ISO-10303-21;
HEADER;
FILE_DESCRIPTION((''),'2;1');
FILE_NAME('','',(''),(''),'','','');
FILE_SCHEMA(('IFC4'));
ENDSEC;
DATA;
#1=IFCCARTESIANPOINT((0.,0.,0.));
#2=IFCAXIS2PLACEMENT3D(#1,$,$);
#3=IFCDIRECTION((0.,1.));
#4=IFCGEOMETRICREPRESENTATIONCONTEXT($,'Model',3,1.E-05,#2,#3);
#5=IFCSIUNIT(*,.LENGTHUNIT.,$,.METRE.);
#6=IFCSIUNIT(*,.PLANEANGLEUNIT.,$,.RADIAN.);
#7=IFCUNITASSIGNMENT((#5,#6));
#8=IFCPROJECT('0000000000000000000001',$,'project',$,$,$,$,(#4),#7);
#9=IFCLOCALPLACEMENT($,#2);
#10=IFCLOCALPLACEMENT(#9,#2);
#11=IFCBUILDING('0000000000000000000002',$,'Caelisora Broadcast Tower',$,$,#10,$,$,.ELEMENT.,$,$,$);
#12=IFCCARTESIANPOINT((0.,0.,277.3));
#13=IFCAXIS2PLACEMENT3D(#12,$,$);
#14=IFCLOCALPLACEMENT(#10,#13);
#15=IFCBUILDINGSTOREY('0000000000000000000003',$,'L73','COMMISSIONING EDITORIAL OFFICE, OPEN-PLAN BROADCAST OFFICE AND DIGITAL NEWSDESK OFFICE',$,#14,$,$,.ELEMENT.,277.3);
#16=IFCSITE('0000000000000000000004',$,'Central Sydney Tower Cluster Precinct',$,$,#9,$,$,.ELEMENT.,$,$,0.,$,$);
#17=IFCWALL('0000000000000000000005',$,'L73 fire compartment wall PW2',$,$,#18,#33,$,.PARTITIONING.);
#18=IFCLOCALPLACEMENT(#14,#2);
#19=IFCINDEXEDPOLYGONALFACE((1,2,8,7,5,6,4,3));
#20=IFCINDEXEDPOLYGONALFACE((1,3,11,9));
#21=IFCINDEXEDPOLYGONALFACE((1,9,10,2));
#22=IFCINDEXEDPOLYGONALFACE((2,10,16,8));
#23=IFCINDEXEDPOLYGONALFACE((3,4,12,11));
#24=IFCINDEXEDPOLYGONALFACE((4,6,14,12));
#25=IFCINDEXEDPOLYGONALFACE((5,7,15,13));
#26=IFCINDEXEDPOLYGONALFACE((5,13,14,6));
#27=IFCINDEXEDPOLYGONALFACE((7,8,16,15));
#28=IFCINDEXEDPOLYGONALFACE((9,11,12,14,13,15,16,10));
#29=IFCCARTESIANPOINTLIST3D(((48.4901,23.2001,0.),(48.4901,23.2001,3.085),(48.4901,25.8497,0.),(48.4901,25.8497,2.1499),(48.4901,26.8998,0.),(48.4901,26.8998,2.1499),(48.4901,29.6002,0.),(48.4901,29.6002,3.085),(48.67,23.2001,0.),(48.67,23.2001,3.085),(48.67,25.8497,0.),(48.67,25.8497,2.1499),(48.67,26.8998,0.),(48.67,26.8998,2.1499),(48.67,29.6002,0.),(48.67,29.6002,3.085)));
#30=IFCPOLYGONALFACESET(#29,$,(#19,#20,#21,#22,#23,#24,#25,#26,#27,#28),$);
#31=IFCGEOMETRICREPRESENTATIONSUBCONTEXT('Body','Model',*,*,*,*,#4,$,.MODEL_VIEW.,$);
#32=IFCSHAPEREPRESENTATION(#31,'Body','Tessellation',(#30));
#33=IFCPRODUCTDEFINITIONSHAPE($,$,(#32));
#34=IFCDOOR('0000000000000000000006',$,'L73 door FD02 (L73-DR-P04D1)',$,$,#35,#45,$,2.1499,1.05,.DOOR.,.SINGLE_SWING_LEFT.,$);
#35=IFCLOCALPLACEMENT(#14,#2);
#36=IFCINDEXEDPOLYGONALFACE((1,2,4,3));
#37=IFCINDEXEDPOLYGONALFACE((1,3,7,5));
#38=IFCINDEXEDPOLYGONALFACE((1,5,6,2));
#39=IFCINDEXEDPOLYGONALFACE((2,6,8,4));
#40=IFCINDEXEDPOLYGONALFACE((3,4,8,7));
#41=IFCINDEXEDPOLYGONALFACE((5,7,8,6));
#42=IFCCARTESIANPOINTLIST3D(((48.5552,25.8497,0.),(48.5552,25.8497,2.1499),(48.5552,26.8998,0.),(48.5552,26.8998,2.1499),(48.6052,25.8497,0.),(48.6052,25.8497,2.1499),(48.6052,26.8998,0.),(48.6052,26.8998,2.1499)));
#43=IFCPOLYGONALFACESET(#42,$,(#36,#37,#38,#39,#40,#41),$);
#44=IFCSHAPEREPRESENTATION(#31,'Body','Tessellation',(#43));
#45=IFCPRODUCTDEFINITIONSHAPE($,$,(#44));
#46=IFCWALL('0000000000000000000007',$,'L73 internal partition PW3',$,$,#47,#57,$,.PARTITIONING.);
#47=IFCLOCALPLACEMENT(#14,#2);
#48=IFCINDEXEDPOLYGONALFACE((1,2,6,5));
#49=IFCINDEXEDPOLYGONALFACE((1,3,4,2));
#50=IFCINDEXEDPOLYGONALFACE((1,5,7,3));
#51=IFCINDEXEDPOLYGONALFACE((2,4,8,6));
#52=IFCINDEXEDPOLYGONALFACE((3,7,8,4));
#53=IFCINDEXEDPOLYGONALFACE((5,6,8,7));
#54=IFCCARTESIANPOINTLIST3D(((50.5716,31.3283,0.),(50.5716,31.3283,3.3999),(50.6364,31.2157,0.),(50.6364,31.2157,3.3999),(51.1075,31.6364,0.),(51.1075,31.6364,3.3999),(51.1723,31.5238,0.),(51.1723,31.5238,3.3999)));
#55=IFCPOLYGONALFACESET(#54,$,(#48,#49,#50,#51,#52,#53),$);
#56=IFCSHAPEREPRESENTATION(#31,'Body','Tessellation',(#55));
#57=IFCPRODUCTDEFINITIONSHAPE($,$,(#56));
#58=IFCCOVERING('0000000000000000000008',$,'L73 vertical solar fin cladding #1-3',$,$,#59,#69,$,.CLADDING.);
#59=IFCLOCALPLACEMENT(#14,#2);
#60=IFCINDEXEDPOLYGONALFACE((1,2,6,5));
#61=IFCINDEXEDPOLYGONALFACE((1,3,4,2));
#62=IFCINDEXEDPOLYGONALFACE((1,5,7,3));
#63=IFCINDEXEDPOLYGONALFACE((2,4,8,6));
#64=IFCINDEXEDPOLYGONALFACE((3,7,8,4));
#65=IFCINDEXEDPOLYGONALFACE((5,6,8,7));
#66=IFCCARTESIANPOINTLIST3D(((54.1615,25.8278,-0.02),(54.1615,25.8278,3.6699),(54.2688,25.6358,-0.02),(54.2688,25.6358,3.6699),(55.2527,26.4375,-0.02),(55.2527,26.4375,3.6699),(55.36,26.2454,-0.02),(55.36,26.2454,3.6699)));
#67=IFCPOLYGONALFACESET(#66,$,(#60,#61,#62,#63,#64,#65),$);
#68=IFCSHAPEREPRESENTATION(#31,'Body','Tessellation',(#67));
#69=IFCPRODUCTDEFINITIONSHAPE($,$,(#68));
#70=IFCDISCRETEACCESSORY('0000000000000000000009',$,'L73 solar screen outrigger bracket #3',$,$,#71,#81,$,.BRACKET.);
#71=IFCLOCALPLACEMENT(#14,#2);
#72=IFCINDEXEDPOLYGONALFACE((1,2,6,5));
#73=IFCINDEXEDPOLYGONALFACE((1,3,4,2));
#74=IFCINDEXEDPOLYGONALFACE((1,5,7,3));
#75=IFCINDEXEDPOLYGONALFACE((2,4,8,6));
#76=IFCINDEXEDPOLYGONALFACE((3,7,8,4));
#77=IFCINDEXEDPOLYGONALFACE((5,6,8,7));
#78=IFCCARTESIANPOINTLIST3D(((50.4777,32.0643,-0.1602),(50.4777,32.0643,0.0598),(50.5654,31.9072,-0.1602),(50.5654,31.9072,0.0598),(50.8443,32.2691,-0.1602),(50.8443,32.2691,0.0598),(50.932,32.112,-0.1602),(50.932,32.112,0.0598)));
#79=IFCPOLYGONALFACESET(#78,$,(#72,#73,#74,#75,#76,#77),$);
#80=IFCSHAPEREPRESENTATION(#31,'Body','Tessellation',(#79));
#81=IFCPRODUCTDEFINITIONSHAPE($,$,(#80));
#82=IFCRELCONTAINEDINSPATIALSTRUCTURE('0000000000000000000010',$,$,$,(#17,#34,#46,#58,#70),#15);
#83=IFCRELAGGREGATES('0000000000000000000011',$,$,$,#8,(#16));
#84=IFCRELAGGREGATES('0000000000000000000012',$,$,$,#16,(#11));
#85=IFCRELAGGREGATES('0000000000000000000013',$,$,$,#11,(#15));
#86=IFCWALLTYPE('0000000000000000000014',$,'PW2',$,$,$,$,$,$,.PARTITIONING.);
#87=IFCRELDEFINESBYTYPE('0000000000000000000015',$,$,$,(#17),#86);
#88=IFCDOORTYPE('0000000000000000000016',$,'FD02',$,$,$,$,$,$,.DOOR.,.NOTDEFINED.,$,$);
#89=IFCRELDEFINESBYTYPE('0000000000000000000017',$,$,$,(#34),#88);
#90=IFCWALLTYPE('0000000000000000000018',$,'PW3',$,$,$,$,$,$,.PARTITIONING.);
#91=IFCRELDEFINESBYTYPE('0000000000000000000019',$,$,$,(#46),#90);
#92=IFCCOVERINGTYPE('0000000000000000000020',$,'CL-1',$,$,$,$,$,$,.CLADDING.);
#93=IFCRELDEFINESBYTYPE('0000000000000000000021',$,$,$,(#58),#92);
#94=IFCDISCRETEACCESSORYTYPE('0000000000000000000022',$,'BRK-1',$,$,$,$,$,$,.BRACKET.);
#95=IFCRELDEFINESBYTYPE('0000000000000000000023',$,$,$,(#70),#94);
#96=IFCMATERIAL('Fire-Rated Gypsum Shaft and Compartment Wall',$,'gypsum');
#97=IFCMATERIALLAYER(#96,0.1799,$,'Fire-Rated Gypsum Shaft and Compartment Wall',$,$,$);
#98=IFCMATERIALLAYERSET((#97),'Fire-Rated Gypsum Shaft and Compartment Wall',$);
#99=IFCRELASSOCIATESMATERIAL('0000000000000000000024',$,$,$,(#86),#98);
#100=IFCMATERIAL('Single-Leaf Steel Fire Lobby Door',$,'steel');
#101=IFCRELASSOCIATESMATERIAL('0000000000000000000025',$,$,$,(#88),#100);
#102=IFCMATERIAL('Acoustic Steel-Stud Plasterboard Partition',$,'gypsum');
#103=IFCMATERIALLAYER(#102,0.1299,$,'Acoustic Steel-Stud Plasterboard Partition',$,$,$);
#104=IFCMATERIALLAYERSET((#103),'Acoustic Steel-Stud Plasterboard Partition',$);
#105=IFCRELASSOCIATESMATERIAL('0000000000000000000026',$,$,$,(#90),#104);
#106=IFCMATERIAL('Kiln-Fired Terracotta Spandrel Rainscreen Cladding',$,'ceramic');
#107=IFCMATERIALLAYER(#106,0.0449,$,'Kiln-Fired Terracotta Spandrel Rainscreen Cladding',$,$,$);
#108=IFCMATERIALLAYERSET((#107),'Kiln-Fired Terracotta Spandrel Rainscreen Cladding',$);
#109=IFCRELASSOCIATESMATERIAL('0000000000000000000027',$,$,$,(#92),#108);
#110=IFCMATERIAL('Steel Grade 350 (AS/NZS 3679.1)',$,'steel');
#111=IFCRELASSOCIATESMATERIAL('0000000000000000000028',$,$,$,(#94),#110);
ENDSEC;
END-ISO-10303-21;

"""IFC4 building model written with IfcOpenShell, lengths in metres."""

from ifc_helpers import new_model, si_unit, direction, frame, frame_2d, origin, origin_2d, place, context, subcontext, project, spatial, rectangle, extrude, source, transform, mapped, material, layer, layer_set, type_object, type_shapes, element, fill, save


model = new_model("IFC4")

# Units and contexts
model_context = context("Model", 3, precision=1e-05, world=origin(), true_north=direction((0.0, 1.0)))
body_context = subcontext(model_context, "Body", "Model", "MODEL_VIEW")
ifc_project = project(units=[si_unit("LENGTHUNIT", "METRE"), si_unit("PLANEANGLEUNIT", "RADIAN")], contexts=[model_context])

# Site, building, storey
site_placement = place(None, origin())
site = spatial("IfcSite", under=ifc_project, at=site_placement, Name="Central Sydney Tower Cluster Precinct", CompositionType="ELEMENT", RefElevation=0.0)
building_placement = place(site_placement, origin())
building = spatial("IfcBuilding", under=site, at=building_placement, Name="Caelisora Broadcast Tower", CompositionType="ELEMENT")
storey_placement = place(building_placement, frame((0.0, 0.0, 277.3)))
storey = spatial("IfcBuildingStorey", under=building, at=storey_placement, Name="L73", Description="COMMISSIONING EDITORIAL OFFICE, OPEN-PLAN BROADCAST OFFICE AND DIGITAL NEWSDESK OFFICE", CompositionType="ELEMENT", Elevation=277.3)

# Shared definitions
ifc_material_1 = material(Name="Steel Grade 350 (AS/NZS 3679.1)", Category="steel")

# Wall, opening, door
ifc_material_2 = material(Name="Fire-Rated Gypsum Shaft and Compartment Wall", Category="gypsum")
ifc_layer_1 = layer(ifc_material_2, 0.1799, Name="Fire-Rated Gypsum Shaft and Compartment Wall")
ifc_layer_set_1 = layer_set([ifc_layer_1], Name="Fire-Rated Gypsum Shaft and Compartment Wall")
wall_type_1 = type_object("IfcWallType", Name="PW2", PredefinedType="PARTITIONING", material=ifc_layer_set_1)
wall_1_placement = place(storey_placement, frame((48.5801, 23.2, 0.0), z_axis=(0.0, 0.0, 1.0), x_axis=(0.0, 1.0, 0.0)))
wall_1 = element("IfcWall", 1, at=wall_1_placement, inside=storey, type_object=wall_type_1, Name="L73 fire compartment wall PW2", PredefinedType="PARTITIONING", context=body_context, shape_type="SweptSolid", body=[
    extrude(rectangle(XDim=6.4001, YDim=0.1799, at=frame_2d((3.2002, 0.0))), origin(), (0.0, 0.0, 1.0), 3.085),
])
opening_placement = place(wall_1_placement, frame((2.6499, 0.0, 0.0)))
opening = element("IfcOpeningElement", 2, at=opening_placement, cuts=wall_1, PredefinedType="OPENING", context=body_context, shape_type="SweptSolid", body=[
    extrude(rectangle(XDim=1.05, YDim=2.1499, at=frame_2d((0.5249, 1.075))), frame((0.0, 0.1021, 0.0), z_axis=(0.0, -1.0, 0.0), x_axis=(1.0, 0.0, 0.0)), (0.0, 0.0, 1.0), 0.2039),
])
ifc_material_3 = material(Name="Single-Leaf Steel Fire Lobby Door", Category="steel")
door_type = type_object("IfcDoorType", Name="FD02", OperationType="NOTDEFINED", PredefinedType="DOOR", material=ifc_material_3)
door_placement = place(opening_placement, origin())
door = element("IfcDoor", 3, at=door_placement, inside=storey, type_object=door_type, Name="L73 door FD02 (L73-DR-P04D1)", OperationType="SINGLE_SWING_LEFT", OverallHeight=2.1499, OverallWidth=1.05, PredefinedType="DOOR", context=body_context, shape_type="SweptSolid", body=[
    extrude(rectangle(XDim=1.05, YDim=2.1499, at=frame_2d((0.5249, 1.075))), frame((0.0, 0.0249, 0.0), z_axis=(0.0, -1.0, 0.0), x_axis=(1.0, 0.0, 0.0)), (0.0, 0.0, 1.0), 0.05),
])
fill(opening, door)

# Wall
ifc_material_4 = material(Name="Acoustic Steel-Stud Plasterboard Partition", Category="gypsum")
ifc_layer_2 = layer(ifc_material_4, 0.1299, Name="Acoustic Steel-Stud Plasterboard Partition")
ifc_layer_set_2 = layer_set([ifc_layer_2], Name="Acoustic Steel-Stud Plasterboard Partition")
wall_type_2 = type_object("IfcWallType", Name="PW3", PredefinedType="PARTITIONING", material=ifc_layer_set_2)
wall_2_placement = place(storey_placement, frame((50.604, 31.272, 0.0), z_axis=(0.0, 0.0, 1.0), x_axis=(0.866928, 0.498434, 0.0)))
element("IfcWall", 4, at=wall_2_placement, inside=storey, type_object=wall_type_2, Name="L73 internal partition PW3", PredefinedType="PARTITIONING", context=body_context, shape_type="SweptSolid", body=[
    extrude(rectangle(XDim=0.6182, YDim=0.1299, at=frame_2d((0.3091, 0.0))), origin(), (0.0, 0.0, 1.0), 3.3999),
])

# Covering
ifc_material_5 = material(Name="Kiln-Fired Terracotta Spandrel Rainscreen Cladding", Category="ceramic")
ifc_layer_3 = layer(ifc_material_5, 0.0449, Name="Kiln-Fired Terracotta Spandrel Rainscreen Cladding")
ifc_layer_set_3 = layer_set([ifc_layer_3], Name="Kiln-Fired Terracotta Spandrel Rainscreen Cladding")
covering_type = type_object("IfcCoveringType", Name="CL-1", PredefinedType="CLADDING", material=ifc_layer_set_3)
shared_shape_1 = source(origin(), body_context, "Body", "SweptSolid", [
    extrude(rectangle(XDim=0.22, YDim=1.25, at=origin_2d()), origin(), (0.0, 0.0, 1.0), 3.6899),
])
type_shapes(covering_type, [shared_shape_1])
covering_placement = place(storey_placement, frame((54.7607, 26.0366, -0.02), z_axis=(0.0, 0.0, 1.0), x_axis=(0.487707, -0.873007, 0.0)))
element("IfcCovering", 5, at=covering_placement, inside=storey, type_object=covering_type, Name="L73 vertical solar fin cladding #1-3", PredefinedType="CLADDING", context=body_context, shape_type="MappedRepresentation", body=[
    mapped(shared_shape_1, transform((0.0, 0.0, 0.0), scale=1.0)),
])

# Discrete accessory
discrete_accessory_type = type_object("IfcDiscreteAccessoryType", Name="BRK-1", PredefinedType="BRACKET", material=ifc_material_1)
shared_shape_2 = source(origin(), body_context, "Body", "SweptSolid", [
    extrude(rectangle(XDim=0.1799, YDim=0.4199, at=origin_2d()), origin(), (0.0, 0.0, 1.0), 0.22),
])
type_shapes(discrete_accessory_type, [shared_shape_2])
discrete_accessory_placement = place(storey_placement, frame((50.7048, 32.0881, -0.1602), z_axis=(0.0, 0.0, 1.0), x_axis=(-0.487707, 0.873007, 0.0)))
element("IfcDiscreteAccessory", 6, at=discrete_accessory_placement, inside=storey, type_object=discrete_accessory_type, Name="L73 solar screen outrigger bracket #3", PredefinedType="BRACKET", context=body_context, shape_type="MappedRepresentation", body=[
    mapped(shared_shape_2, transform((0.0, 0.0, 0.0), scale=1.0)),
])

save(model, "model.ifc")
